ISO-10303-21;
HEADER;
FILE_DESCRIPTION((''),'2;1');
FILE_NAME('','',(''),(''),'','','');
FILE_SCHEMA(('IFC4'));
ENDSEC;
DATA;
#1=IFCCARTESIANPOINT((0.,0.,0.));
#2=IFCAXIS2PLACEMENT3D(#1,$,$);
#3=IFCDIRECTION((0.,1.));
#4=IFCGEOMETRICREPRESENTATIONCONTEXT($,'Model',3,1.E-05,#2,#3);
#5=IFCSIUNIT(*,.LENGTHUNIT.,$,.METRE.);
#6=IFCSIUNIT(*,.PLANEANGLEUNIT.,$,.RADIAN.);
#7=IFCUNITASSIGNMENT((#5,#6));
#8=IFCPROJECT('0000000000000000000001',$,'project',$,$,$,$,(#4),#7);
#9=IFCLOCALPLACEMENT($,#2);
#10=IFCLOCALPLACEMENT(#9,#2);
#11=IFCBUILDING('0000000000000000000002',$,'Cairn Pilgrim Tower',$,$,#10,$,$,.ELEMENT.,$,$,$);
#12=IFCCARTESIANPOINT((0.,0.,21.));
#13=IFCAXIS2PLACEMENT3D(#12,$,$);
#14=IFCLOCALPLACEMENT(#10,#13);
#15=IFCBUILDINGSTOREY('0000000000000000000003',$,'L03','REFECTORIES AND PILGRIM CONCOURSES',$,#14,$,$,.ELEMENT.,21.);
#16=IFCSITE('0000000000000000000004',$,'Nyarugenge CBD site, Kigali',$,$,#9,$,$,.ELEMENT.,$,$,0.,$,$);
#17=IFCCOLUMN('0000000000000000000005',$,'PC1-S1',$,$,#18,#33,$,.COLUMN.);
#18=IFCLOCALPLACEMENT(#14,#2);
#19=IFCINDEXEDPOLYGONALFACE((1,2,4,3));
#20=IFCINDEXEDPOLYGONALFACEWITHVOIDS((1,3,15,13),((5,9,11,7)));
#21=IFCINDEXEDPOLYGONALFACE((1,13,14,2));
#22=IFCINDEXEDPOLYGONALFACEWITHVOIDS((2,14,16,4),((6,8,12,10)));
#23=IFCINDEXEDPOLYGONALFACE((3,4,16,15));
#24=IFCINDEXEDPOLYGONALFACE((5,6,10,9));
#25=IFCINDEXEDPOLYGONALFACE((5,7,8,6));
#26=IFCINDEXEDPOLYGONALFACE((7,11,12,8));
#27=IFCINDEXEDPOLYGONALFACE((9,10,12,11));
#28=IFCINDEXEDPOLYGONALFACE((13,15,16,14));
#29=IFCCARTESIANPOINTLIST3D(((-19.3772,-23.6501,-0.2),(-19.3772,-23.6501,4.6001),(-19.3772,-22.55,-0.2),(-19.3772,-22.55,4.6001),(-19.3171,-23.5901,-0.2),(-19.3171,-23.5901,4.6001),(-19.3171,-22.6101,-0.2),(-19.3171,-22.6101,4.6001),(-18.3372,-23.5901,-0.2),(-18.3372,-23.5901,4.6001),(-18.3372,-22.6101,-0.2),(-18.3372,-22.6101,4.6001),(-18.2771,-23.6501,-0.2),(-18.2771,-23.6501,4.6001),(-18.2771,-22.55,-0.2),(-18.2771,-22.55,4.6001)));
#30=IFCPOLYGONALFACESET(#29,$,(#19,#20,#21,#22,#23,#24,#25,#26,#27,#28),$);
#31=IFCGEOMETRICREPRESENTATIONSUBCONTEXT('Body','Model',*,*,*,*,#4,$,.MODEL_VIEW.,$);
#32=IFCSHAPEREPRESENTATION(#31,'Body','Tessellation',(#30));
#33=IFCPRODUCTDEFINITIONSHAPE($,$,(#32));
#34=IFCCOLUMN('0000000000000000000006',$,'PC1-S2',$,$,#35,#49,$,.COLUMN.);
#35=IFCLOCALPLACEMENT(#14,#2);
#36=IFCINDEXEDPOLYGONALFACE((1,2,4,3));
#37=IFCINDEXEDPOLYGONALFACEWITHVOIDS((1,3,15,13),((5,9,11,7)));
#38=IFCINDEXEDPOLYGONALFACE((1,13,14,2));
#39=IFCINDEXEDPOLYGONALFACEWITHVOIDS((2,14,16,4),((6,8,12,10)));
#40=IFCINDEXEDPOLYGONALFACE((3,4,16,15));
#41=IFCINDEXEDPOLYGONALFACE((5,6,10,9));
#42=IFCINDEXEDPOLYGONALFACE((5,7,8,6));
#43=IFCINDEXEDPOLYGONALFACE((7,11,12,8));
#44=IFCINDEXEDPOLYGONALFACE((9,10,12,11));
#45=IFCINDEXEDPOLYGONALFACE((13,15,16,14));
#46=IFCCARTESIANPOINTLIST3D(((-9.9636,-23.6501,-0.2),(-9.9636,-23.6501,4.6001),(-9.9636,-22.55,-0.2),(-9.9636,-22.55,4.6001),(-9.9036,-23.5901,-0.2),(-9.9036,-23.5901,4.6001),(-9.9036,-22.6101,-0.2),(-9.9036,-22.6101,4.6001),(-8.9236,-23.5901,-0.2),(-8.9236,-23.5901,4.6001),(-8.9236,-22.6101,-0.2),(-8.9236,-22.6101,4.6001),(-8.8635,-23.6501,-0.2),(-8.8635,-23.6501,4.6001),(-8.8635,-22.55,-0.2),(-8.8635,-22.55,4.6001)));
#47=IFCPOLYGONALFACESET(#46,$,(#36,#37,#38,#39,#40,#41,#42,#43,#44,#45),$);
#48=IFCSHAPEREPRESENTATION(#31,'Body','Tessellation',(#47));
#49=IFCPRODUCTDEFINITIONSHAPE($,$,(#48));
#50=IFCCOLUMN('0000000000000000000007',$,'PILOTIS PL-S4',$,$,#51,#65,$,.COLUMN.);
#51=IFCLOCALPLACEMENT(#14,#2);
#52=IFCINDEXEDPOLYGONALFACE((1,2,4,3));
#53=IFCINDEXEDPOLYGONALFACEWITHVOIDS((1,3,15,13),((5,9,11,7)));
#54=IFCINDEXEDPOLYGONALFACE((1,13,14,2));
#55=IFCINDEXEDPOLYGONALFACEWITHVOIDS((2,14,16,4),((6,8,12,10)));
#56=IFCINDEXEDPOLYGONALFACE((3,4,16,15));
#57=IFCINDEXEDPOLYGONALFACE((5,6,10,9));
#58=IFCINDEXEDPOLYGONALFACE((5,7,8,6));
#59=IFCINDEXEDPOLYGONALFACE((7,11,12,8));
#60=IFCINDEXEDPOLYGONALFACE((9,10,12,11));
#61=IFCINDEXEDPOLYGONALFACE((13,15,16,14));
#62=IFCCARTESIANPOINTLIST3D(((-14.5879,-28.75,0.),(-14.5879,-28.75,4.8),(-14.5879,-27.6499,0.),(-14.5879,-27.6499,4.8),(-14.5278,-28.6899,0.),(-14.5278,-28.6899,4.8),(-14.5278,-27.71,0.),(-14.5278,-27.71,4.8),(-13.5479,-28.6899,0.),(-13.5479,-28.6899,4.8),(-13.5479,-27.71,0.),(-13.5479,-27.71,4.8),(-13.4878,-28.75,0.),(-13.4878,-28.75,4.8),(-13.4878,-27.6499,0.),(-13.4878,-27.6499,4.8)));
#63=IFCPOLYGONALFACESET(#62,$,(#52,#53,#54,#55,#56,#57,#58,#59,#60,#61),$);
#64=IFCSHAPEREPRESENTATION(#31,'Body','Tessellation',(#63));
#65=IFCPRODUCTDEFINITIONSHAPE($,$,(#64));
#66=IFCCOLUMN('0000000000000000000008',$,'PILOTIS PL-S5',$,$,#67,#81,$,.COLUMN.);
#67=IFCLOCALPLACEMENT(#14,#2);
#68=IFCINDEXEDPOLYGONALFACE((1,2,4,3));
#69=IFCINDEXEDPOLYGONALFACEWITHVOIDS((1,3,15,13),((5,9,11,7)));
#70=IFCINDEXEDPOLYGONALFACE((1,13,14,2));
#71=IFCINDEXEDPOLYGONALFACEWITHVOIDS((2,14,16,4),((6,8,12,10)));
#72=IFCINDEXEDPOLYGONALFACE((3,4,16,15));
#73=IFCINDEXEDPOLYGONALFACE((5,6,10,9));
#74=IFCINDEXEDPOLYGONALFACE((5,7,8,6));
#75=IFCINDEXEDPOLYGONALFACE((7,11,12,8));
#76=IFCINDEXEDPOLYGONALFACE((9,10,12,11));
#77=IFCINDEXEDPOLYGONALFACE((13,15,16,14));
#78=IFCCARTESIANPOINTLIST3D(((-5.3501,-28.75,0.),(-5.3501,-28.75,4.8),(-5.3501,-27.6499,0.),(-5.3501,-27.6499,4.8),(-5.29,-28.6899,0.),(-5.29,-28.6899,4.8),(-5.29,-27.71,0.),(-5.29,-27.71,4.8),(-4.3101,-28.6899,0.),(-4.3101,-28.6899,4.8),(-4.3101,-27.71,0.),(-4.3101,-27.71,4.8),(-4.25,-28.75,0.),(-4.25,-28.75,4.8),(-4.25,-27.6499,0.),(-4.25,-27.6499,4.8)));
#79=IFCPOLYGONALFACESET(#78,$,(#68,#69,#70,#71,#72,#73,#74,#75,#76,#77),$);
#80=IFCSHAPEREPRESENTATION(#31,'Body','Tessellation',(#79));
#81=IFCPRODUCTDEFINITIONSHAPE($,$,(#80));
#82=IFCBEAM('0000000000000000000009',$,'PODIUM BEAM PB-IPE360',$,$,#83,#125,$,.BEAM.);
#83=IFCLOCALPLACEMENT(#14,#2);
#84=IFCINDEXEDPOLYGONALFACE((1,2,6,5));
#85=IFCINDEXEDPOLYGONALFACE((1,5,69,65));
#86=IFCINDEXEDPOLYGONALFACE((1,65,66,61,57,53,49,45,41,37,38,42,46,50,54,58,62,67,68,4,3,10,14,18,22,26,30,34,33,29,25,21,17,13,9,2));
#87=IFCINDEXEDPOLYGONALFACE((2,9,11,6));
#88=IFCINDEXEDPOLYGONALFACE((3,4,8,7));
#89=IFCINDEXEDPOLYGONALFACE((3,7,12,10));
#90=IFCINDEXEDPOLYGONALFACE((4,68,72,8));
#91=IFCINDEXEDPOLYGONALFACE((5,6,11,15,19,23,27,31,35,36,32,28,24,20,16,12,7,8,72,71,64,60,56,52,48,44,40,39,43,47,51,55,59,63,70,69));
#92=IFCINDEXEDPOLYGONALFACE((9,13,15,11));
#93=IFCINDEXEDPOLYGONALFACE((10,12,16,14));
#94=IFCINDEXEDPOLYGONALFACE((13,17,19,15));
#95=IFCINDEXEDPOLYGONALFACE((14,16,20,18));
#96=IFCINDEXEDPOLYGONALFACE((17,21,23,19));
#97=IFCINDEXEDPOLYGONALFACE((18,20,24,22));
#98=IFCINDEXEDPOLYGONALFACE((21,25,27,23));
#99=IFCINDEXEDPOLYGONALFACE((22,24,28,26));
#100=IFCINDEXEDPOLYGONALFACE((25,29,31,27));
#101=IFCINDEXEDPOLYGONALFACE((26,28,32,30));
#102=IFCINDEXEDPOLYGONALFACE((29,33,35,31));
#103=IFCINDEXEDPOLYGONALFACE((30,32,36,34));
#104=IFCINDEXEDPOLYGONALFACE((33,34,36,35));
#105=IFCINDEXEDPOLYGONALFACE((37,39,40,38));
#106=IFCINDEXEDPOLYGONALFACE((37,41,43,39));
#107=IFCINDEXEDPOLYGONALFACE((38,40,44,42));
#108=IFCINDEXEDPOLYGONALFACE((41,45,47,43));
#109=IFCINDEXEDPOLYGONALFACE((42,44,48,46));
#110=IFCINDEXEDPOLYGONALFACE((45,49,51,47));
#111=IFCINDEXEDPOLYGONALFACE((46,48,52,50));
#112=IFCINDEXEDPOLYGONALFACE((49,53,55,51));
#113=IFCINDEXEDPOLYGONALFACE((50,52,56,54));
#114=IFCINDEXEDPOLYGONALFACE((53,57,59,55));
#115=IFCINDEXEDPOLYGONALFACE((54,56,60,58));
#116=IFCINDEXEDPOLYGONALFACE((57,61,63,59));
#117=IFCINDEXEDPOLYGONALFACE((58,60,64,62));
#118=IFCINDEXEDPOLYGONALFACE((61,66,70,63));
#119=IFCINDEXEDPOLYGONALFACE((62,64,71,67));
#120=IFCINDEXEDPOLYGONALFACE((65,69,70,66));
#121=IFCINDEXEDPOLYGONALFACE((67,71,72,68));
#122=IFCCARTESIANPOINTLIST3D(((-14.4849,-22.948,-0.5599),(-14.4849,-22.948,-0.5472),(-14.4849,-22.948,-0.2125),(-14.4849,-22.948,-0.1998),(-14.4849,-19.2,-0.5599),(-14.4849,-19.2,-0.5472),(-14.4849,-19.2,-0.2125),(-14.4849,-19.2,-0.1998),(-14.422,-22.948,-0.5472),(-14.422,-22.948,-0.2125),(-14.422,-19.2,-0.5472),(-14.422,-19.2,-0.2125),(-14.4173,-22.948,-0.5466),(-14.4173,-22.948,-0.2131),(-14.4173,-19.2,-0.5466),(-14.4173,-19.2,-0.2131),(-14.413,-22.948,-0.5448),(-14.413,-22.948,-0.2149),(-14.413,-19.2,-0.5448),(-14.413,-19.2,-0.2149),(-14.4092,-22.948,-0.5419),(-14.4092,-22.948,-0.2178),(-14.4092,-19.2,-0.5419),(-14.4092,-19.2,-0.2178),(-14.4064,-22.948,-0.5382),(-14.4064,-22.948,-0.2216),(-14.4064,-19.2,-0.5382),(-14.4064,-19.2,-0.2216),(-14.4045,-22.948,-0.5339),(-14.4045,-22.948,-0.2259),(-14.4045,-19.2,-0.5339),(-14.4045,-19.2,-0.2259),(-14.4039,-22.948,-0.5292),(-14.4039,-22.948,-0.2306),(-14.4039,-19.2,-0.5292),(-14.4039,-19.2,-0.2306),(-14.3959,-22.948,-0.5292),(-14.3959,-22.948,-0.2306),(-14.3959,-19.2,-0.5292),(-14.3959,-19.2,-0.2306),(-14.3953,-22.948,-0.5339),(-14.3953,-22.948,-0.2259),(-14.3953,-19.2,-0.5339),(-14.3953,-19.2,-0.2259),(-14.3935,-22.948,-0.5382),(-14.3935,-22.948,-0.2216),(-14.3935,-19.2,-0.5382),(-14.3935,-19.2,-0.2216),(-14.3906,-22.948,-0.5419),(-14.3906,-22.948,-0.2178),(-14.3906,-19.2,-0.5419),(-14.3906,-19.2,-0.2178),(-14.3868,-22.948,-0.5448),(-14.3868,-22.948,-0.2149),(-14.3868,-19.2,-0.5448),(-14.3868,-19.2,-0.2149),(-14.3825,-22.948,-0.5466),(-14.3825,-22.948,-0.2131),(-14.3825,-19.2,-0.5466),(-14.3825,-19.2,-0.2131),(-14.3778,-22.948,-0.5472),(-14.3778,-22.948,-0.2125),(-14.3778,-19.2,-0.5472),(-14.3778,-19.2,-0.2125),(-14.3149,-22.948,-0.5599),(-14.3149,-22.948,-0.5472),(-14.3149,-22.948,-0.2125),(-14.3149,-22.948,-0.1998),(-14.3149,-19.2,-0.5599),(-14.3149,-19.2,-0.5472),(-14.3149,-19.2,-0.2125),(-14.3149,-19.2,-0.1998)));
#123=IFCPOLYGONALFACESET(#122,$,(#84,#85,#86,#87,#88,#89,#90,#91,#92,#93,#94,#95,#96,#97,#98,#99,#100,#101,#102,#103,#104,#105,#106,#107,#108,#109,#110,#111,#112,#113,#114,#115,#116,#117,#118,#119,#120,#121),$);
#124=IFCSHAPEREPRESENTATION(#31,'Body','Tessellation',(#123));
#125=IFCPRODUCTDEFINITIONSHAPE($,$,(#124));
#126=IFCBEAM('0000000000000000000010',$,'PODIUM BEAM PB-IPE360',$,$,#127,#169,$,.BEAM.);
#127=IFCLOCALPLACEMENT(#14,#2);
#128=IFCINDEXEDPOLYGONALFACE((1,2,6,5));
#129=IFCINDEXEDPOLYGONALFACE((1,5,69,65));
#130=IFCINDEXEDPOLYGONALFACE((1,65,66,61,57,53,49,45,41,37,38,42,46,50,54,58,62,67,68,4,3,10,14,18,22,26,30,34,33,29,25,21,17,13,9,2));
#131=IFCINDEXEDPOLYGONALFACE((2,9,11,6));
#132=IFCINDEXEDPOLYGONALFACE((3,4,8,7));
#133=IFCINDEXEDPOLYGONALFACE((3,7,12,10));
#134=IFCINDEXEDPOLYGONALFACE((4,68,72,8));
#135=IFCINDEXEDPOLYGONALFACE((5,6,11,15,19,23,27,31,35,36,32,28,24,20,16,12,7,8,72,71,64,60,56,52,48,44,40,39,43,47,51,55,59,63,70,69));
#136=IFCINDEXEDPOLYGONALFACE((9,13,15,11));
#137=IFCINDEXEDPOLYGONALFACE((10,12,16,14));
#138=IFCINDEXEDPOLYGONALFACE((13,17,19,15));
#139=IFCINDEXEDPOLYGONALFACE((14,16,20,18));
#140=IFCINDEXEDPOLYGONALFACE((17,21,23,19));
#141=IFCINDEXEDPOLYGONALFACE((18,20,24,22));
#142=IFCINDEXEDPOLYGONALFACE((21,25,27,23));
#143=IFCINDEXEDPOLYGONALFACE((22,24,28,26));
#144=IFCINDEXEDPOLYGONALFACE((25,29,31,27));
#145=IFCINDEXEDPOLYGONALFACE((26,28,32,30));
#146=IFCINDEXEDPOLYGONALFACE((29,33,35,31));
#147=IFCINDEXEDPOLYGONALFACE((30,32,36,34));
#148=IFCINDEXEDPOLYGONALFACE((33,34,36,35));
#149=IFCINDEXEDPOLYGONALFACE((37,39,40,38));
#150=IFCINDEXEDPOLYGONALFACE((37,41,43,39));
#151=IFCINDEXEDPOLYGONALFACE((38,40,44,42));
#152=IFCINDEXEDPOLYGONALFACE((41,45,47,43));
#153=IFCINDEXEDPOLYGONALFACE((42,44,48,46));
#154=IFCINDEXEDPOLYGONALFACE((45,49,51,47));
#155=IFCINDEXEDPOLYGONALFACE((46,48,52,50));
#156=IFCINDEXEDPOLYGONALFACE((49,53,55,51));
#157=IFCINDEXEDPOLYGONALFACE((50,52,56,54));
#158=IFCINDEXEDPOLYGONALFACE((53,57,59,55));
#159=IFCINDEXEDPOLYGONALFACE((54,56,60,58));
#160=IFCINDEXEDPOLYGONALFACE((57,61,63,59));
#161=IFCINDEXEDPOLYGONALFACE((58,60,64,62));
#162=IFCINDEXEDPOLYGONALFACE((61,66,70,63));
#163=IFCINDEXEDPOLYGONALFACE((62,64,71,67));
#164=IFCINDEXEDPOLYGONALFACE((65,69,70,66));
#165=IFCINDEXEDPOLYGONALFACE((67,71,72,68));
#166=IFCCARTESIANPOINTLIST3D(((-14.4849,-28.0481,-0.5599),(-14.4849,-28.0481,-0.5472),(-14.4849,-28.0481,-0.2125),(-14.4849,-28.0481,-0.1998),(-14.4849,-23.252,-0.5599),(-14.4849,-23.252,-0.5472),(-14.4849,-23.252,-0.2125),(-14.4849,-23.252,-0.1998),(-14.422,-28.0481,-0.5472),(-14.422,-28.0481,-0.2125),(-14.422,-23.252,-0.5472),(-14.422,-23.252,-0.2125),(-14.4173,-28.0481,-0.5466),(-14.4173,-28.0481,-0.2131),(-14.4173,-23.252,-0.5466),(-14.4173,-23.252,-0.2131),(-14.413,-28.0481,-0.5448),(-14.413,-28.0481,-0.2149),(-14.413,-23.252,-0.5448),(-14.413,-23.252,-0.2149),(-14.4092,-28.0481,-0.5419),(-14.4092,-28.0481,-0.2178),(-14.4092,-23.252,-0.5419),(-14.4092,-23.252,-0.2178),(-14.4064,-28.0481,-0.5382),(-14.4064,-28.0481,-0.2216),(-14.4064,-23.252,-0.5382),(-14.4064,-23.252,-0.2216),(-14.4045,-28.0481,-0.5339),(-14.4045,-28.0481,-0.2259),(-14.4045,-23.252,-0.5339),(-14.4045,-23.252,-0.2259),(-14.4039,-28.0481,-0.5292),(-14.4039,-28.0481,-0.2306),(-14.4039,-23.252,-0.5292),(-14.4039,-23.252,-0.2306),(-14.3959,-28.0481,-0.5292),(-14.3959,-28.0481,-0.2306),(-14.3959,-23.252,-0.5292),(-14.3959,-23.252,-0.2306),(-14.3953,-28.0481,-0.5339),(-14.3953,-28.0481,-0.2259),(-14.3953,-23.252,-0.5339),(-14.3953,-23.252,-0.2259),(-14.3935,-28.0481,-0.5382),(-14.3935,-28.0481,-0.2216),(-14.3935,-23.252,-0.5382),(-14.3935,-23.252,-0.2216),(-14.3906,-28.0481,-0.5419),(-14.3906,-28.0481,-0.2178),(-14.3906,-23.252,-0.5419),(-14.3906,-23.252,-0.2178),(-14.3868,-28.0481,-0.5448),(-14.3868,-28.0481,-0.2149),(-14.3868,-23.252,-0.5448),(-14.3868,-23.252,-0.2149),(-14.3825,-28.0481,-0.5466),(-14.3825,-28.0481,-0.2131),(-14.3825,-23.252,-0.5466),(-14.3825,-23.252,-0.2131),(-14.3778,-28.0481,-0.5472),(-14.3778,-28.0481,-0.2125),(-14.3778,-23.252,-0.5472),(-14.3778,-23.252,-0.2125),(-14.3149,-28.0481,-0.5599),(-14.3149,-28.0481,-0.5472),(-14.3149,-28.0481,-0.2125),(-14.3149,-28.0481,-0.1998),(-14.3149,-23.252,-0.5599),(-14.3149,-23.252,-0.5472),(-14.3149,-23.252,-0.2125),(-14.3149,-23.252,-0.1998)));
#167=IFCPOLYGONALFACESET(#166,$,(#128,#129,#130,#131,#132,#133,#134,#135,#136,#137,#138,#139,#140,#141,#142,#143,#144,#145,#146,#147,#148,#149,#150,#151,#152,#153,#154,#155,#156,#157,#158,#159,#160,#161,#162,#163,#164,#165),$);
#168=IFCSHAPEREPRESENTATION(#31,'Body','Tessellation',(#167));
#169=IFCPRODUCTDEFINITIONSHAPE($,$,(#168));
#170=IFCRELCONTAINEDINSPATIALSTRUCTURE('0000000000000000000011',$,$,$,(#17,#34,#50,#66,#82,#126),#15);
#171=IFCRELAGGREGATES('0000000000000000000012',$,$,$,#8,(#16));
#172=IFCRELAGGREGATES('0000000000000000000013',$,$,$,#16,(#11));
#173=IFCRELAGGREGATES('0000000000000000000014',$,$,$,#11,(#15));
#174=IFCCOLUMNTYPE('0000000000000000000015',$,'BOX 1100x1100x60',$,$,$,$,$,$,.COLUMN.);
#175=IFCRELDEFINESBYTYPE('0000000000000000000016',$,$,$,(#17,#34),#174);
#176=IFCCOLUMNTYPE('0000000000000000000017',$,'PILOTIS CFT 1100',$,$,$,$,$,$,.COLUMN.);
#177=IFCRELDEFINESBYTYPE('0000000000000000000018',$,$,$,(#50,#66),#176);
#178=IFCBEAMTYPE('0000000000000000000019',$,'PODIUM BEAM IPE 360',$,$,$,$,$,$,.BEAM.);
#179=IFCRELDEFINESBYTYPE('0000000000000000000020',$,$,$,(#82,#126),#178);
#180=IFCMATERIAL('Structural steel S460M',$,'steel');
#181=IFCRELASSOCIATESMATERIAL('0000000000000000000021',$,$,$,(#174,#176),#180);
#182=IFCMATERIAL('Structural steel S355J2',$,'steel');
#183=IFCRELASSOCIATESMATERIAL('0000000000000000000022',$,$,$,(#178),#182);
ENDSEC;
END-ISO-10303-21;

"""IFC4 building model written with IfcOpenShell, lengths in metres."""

from ifc_helpers import new_model, si_unit, direction, frame, origin, origin_2d, place, context, subcontext, project, spatial, hollow_rectangle, i_section, extrude, material, material_profile, profile_set, type_object, element, save


model = new_model("IFC4")

# Units and contexts
model_context = context("Model", 3, precision=1e-05, world=origin(), true_north=direction((0.0, 1.0)))
body_context = subcontext(model_context, "Body", "Model", "MODEL_VIEW")
ifc_project = project(units=[si_unit("LENGTHUNIT", "METRE"), si_unit("PLANEANGLEUNIT", "RADIAN")], contexts=[model_context])

# Site, building, storey
site_placement = place(None, origin())
site = spatial("IfcSite", under=ifc_project, at=site_placement, Name="Nyarugenge CBD site, Kigali", CompositionType="ELEMENT", RefElevation=0.0)
building_placement = place(site_placement, origin())
building = spatial("IfcBuilding", under=site, at=building_placement, Name="Cairn Pilgrim Tower", CompositionType="ELEMENT")
storey_placement = place(building_placement, frame((0.0, 0.0, 21.0)))
storey = spatial("IfcBuildingStorey", under=building, at=storey_placement, Name="L03", Description="REFECTORIES AND PILGRIM CONCOURSES", CompositionType="ELEMENT", Elevation=21.0)

# Columns
ifc_material_1 = material(Name="Structural steel S460M", Category="steel")
ifc_material_profile_1 = material_profile(ifc_material_1, hollow_rectangle(XDim=1.1001, YDim=1.1001, WallThickness=0.0601, at=origin_2d()), Name="BOX 1100x1100x60")
ifc_profile_set_1 = profile_set([ifc_material_profile_1], Name="Structural steel S460M")
column_type_1 = type_object("IfcColumnType", Name="BOX 1100x1100x60", PredefinedType="COLUMN", material=ifc_profile_set_1)
for number, where, z_axis, x_axis, name in (
    (1, (-18.8271, -23.1001, -0.2), (0.0, 0.0, 1.0), (1.0, 0.0, 0.0), "PC1-S1"),
    (2, (-9.4136, -23.1001, -0.2), (0.0, 0.0, 1.0), (1.0, 0.0, 0.0), "PC1-S2"),
):
    element("IfcColumn", number, at=place(storey_placement, frame(where, z_axis=z_axis, x_axis=x_axis)), inside=storey, type_object=column_type_1, Name=name, PredefinedType="COLUMN", context=body_context, shape_type="SweptSolid", body=[
        extrude(hollow_rectangle(XDim=1.1001, YDim=1.1001, WallThickness=0.0601, at=origin_2d()), origin(), (0.0, 0.0, 1.0), 4.8),
    ])
ifc_material_profile_2 = material_profile(ifc_material_1, hollow_rectangle(XDim=1.1001, YDim=1.1001, WallThickness=0.0601, at=origin_2d()), Name="BOX 1100x1100x60")
ifc_profile_set_2 = profile_set([ifc_material_profile_2], Name="Structural steel S460M")
column_type_2 = type_object("IfcColumnType", Name="PILOTIS CFT 1100", PredefinedType="COLUMN", material=ifc_profile_set_2)
for number, where, z_axis, x_axis, name in (
    (3, (-14.0378, -28.2, 0.0), (0.0, 0.0, 1.0), (1.0, 0.0, 0.0), "PILOTIS PL-S4"),
    (4, (-4.8, -28.2, 0.0), (0.0, 0.0, 1.0), (1.0, 0.0, 0.0), "PILOTIS PL-S5"),
):
    element("IfcColumn", number, at=place(storey_placement, frame(where, z_axis=z_axis, x_axis=x_axis)), inside=storey, type_object=column_type_2, Name=name, PredefinedType="COLUMN", context=body_context, shape_type="SweptSolid", body=[
        extrude(hollow_rectangle(XDim=1.1001, YDim=1.1001, WallThickness=0.0601, at=origin_2d()), origin(), (0.0, 0.0, 1.0), 4.8),
    ])

# Beams
ifc_material_2 = material(Name="Structural steel S355J2", Category="steel")
ifc_material_profile_3 = material_profile(ifc_material_2, i_section(OverallWidth=0.1699, OverallDepth=0.3601, WebThickness=0.0081, FlangeThickness=0.0127, FilletRadius=0.0181, at=origin_2d()), Name="IPE 360")
ifc_profile_set_3 = profile_set([ifc_material_profile_3], Name="Structural steel S355J2")
beam_type_1 = type_object("IfcBeamType", Name="PODIUM BEAM IPE 360", PredefinedType="BEAM", material=ifc_profile_set_3)
beam_1_placement = place(storey_placement, frame((-14.3999, -22.948, -0.3799), z_axis=(0.0, 1.0, 0.0), x_axis=(-1.0, 0.0, 0.0)))
element("IfcBeam", 5, at=beam_1_placement, inside=storey, type_object=beam_type_1, Name="PODIUM BEAM PB-IPE360", PredefinedType="BEAM", context=body_context, shape_type="SweptSolid", body=[
    extrude(i_section(OverallWidth=0.1699, OverallDepth=0.3601, WebThickness=0.0081, FlangeThickness=0.0127, FilletRadius=0.0181, at=origin_2d()), origin(), (0.0, 0.0, 1.0), 3.748),
])
beam_2_placement = place(storey_placement, frame((-14.3999, -28.0481, -0.3799), z_axis=(0.0, 1.0, 0.0), x_axis=(-1.0, 0.0, 0.0)))
element("IfcBeam", 6, at=beam_2_placement, inside=storey, type_object=beam_type_1, Name="PODIUM BEAM PB-IPE360", PredefinedType="BEAM", context=body_context, shape_type="SweptSolid", body=[
    extrude(i_section(OverallWidth=0.1699, OverallDepth=0.3601, WebThickness=0.0081, FlangeThickness=0.0127, FilletRadius=0.0181, at=origin_2d()), origin(), (0.0, 0.0, 1.0), 4.7961),
])

save(model, "model.ifc")
